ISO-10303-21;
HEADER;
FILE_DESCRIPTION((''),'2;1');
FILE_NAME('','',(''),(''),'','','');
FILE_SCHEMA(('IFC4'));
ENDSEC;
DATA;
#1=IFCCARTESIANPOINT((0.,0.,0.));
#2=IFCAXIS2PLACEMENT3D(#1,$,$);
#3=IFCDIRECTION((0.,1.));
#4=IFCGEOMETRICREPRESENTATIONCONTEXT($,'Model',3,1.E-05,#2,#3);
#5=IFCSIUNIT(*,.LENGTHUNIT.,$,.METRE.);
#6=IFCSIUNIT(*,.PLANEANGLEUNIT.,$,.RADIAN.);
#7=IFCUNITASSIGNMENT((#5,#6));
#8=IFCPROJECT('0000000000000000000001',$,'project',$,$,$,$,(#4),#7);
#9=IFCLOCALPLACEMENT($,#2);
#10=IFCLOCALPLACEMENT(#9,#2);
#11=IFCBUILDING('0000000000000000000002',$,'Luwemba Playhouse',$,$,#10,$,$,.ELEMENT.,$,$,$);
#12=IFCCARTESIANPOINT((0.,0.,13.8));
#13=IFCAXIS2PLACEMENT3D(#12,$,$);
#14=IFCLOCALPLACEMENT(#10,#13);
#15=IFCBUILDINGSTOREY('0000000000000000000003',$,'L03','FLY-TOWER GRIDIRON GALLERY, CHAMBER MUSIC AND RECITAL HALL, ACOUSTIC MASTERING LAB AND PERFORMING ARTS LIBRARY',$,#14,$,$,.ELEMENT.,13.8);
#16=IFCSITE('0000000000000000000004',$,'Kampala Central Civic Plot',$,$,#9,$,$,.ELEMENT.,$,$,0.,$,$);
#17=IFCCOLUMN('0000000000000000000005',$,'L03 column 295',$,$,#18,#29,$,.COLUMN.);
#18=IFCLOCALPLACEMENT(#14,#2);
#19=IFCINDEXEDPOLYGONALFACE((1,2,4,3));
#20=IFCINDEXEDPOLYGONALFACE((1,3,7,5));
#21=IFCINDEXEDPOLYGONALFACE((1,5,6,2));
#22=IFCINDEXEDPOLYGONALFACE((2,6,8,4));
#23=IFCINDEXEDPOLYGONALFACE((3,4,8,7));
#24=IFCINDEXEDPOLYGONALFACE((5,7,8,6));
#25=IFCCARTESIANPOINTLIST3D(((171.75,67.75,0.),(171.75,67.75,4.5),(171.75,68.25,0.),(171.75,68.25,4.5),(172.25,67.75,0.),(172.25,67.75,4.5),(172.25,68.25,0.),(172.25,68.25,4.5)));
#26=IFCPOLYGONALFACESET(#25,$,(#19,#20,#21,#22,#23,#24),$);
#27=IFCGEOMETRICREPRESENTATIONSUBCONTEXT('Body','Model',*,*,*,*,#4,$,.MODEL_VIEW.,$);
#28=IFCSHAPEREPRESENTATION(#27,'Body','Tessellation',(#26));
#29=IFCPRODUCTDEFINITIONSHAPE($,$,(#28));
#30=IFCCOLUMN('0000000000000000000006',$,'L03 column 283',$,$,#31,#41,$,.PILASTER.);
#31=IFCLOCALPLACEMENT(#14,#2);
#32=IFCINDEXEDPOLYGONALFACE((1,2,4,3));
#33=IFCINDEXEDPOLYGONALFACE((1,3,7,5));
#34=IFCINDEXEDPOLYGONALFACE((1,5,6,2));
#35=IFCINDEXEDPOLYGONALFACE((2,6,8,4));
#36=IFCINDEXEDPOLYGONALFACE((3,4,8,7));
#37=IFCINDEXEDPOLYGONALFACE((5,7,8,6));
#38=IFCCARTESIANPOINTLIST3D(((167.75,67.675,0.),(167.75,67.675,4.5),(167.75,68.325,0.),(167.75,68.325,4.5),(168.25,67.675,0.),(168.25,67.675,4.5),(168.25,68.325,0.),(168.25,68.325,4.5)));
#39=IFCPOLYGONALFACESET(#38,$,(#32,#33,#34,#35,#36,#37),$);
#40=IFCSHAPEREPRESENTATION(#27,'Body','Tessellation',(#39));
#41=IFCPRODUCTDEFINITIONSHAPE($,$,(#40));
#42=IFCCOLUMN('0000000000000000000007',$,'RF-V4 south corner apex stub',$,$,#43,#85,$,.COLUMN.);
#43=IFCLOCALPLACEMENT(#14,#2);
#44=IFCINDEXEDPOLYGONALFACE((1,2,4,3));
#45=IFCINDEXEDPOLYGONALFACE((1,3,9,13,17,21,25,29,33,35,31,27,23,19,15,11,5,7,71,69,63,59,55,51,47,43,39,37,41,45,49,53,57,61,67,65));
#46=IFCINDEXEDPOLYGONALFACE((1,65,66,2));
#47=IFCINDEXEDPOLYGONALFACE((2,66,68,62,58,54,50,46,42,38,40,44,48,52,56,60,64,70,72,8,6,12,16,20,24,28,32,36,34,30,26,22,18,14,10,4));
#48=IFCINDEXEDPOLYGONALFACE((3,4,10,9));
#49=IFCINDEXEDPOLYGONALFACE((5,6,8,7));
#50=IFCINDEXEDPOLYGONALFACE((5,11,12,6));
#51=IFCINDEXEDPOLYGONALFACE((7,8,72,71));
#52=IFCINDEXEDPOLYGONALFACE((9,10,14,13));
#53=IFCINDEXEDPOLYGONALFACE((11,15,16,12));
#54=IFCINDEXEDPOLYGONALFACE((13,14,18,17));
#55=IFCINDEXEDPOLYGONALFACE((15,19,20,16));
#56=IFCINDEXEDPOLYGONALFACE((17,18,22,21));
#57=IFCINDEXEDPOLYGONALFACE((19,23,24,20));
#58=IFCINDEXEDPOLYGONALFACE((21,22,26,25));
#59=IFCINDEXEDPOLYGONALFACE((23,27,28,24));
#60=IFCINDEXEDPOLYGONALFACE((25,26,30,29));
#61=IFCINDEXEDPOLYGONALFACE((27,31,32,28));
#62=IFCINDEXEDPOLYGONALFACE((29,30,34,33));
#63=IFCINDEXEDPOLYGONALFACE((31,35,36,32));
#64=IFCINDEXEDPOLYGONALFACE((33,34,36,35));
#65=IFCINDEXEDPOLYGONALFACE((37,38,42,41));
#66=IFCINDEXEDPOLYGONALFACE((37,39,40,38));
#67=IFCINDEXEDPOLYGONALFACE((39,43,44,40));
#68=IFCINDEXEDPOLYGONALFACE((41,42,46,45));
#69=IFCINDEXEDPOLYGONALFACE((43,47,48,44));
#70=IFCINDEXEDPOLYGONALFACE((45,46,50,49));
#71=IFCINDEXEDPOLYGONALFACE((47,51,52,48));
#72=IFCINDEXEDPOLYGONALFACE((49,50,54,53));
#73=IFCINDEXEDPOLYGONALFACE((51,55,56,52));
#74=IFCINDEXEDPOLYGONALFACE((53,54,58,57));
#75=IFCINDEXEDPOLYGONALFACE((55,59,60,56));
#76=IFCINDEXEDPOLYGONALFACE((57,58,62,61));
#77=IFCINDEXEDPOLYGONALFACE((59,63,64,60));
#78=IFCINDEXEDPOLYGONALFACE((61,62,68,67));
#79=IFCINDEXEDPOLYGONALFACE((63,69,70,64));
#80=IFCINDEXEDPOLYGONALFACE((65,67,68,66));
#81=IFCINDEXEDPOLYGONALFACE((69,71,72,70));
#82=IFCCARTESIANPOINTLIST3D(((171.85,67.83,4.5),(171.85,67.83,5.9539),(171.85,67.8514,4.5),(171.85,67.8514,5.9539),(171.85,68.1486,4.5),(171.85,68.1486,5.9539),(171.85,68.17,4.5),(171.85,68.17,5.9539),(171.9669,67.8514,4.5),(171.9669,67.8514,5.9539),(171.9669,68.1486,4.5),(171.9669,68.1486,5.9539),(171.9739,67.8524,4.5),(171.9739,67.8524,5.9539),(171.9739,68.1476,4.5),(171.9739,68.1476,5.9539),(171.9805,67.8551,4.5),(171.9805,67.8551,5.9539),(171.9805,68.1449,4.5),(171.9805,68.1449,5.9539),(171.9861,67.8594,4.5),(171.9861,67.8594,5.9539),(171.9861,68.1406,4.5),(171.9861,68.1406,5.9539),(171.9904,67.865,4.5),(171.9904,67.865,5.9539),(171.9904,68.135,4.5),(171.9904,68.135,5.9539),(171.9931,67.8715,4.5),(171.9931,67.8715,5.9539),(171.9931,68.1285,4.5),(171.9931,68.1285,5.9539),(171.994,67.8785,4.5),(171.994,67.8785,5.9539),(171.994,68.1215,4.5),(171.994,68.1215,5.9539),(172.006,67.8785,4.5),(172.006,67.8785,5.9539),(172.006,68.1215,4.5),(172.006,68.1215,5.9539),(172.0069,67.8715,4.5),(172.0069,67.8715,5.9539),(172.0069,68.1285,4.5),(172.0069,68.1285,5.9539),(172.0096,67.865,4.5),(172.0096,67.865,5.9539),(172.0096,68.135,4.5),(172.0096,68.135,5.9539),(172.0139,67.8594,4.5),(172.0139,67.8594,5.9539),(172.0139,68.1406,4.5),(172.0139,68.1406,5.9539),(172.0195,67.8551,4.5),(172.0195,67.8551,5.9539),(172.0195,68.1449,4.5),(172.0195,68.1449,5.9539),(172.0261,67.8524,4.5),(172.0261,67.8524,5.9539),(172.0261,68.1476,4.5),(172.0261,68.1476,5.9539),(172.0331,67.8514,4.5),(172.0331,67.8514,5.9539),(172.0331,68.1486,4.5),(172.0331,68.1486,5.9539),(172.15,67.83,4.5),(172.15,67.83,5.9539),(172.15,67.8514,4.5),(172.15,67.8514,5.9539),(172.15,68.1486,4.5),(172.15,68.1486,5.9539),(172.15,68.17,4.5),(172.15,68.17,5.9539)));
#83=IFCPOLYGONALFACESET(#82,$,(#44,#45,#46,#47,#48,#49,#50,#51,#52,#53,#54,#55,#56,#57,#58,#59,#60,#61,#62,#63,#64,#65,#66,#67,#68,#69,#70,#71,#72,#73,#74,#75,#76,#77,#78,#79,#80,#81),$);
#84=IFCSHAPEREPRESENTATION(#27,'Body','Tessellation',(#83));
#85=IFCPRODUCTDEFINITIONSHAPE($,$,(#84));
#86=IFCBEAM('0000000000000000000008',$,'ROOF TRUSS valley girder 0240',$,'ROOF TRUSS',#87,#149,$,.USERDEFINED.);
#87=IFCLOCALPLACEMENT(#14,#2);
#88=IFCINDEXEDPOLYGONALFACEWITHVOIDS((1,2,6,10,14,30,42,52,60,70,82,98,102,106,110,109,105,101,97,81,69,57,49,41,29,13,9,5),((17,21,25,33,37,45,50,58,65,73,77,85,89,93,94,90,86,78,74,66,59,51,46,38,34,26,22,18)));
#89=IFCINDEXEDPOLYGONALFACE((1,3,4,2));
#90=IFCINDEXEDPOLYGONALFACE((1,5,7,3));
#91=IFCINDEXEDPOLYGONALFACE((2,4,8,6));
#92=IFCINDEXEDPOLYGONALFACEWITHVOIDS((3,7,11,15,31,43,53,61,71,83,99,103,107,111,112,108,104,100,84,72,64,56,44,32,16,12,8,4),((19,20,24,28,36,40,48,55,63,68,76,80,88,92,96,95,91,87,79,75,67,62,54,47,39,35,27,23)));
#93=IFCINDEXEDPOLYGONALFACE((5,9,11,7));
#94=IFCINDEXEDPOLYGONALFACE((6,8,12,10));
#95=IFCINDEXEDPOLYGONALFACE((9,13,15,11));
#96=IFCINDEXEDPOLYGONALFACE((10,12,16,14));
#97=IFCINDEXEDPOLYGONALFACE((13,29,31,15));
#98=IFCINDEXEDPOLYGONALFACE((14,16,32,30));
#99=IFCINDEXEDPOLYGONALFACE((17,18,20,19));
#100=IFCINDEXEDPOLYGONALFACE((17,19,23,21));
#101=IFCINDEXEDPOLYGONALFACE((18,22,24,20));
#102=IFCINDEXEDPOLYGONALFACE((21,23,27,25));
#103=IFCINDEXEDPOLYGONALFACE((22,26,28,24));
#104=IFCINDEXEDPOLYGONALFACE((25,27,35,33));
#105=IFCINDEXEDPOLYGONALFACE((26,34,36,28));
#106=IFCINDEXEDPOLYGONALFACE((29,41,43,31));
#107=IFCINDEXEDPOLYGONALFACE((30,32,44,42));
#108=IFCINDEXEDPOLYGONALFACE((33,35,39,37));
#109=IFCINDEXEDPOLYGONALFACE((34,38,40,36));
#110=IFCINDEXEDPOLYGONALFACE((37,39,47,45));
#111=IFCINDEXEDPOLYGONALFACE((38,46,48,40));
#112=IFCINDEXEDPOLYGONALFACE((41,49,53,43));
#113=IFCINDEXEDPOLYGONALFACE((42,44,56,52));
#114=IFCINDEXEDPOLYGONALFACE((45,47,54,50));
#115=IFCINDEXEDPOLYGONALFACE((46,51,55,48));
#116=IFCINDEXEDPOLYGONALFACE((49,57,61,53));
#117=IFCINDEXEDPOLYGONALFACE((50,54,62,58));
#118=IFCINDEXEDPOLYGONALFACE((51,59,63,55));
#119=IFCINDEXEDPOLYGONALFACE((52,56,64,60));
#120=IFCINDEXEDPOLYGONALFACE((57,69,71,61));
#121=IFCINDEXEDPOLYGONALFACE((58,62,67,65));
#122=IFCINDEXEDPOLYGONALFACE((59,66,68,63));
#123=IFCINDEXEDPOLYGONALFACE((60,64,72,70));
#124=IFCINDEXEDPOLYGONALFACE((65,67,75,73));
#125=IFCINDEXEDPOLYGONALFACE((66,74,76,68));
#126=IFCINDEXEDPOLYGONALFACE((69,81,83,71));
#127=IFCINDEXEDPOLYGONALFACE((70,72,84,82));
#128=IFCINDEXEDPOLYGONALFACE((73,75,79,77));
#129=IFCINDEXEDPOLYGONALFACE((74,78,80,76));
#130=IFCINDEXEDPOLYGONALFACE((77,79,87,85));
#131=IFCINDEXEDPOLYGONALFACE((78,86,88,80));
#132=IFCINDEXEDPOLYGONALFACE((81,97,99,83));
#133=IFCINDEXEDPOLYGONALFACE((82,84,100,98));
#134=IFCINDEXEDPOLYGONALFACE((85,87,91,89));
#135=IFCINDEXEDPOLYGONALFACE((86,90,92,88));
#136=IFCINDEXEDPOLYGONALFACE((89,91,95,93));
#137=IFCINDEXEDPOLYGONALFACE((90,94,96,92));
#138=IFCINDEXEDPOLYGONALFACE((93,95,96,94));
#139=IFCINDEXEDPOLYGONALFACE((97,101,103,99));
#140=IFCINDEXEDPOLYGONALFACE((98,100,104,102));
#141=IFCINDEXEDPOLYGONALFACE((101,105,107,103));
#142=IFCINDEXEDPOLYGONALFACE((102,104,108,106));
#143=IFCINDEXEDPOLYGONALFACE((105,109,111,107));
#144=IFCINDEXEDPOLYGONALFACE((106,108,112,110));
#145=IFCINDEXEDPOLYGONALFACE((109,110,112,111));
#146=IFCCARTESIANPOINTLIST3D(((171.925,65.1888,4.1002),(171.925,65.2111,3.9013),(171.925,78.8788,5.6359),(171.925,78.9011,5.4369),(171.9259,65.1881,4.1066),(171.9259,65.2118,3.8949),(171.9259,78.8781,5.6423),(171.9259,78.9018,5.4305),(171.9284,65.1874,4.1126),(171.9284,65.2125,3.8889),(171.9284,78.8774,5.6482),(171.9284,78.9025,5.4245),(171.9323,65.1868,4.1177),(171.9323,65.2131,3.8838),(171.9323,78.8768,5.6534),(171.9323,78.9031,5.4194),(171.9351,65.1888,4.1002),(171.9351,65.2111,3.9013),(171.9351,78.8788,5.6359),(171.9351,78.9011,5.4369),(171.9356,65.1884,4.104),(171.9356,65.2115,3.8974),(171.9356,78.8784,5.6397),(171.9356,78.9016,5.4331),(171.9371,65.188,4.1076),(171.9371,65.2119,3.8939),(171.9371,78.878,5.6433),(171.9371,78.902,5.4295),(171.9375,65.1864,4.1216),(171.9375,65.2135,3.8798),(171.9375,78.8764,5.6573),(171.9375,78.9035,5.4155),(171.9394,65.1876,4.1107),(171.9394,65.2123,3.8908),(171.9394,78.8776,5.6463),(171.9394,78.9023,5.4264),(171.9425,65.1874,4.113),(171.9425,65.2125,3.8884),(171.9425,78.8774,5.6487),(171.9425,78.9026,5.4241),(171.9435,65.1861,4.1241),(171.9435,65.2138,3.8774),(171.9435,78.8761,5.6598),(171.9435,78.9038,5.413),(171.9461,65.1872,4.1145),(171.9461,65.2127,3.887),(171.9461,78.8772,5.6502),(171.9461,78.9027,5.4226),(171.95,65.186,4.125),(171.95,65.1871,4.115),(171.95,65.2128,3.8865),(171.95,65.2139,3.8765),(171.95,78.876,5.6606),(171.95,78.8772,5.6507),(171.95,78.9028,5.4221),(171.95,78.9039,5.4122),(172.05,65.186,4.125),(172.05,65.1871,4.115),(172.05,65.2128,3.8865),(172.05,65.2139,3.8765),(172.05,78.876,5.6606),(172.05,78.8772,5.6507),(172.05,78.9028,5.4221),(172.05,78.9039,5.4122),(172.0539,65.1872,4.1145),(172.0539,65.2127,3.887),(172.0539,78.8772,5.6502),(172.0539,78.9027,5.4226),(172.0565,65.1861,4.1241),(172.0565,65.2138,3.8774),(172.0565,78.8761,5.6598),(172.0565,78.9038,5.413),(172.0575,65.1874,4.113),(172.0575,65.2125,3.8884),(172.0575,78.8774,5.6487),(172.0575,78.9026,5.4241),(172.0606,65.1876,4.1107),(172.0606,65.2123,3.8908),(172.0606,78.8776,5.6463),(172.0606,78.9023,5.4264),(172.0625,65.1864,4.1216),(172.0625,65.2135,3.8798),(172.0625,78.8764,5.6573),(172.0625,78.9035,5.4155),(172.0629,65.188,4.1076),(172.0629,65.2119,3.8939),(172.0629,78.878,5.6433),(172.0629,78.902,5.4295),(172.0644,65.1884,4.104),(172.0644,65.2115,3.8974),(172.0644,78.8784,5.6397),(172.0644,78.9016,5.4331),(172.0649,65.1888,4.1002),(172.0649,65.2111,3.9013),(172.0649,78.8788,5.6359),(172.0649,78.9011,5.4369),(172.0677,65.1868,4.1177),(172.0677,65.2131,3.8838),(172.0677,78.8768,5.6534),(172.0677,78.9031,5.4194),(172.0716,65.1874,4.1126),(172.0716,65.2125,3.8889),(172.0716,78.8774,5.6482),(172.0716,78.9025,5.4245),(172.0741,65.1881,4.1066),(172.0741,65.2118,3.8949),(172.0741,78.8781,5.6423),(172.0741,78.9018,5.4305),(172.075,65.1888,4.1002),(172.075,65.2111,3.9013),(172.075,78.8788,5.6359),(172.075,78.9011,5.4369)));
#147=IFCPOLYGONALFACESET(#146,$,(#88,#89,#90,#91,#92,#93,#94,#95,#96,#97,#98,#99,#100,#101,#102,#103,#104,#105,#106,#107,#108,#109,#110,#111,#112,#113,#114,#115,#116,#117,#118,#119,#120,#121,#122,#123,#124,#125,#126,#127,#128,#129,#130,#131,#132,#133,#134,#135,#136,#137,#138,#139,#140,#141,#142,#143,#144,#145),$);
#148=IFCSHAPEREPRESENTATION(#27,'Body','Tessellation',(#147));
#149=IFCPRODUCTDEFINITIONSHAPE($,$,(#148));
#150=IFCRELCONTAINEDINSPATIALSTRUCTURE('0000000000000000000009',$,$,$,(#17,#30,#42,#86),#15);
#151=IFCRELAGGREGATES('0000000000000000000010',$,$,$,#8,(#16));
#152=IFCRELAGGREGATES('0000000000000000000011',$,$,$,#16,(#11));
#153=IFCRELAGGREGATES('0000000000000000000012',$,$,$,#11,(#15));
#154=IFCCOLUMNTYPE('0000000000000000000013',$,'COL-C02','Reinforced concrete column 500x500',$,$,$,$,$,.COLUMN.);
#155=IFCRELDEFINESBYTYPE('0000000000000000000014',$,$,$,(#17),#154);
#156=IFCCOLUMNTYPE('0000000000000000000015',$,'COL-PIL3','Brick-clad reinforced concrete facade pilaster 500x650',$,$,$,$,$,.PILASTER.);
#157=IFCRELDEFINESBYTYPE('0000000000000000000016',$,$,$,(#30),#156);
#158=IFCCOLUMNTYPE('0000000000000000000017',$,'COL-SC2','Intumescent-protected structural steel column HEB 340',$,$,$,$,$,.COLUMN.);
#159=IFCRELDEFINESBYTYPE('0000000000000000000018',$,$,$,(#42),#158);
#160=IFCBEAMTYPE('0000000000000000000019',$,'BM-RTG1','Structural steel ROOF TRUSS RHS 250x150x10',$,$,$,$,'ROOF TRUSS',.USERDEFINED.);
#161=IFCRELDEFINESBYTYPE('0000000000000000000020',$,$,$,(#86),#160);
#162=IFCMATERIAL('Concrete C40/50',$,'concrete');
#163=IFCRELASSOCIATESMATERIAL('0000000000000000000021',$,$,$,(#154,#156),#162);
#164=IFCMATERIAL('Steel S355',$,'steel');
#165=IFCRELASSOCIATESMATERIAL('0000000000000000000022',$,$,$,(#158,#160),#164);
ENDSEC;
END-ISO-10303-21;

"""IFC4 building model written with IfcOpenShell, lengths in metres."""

from ifc_helpers import new_model, si_unit, direction, frame, origin, origin_2d, place, context, subcontext, project, spatial, rectangle, hollow_rectangle, i_section, extrude, material, material_profile, profile_set, type_object, element, save


model = new_model("IFC4")

# Units and contexts
model_context = context("Model", 3, precision=1e-05, world=origin(), true_north=direction((0.0, 1.0)))
body_context = subcontext(model_context, "Body", "Model", "MODEL_VIEW")
ifc_project = project(units=[si_unit("LENGTHUNIT", "METRE"), si_unit("PLANEANGLEUNIT", "RADIAN")], contexts=[model_context])

# Site, building, storey
site_placement = place(None, origin())
site = spatial("IfcSite", under=ifc_project, at=site_placement, Name="Kampala Central Civic Plot", CompositionType="ELEMENT", RefElevation=0.0)
building_placement = place(site_placement, origin())
building = spatial("IfcBuilding", under=site, at=building_placement, Name="Luwemba Playhouse", CompositionType="ELEMENT")
storey_placement = place(building_placement, frame((0.0, 0.0, 13.8)))
storey = spatial("IfcBuildingStorey", under=building, at=storey_placement, Name="L03", Description="FLY-TOWER GRIDIRON GALLERY, CHAMBER MUSIC AND RECITAL HALL, ACOUSTIC MASTERING LAB AND PERFORMING ARTS LIBRARY", CompositionType="ELEMENT", Elevation=13.8)

# Columns
ifc_material_1 = material(Name="Concrete C40/50", Category="concrete")
ifc_material_profile_1 = material_profile(ifc_material_1, rectangle(XDim=0.5, YDim=0.5, at=origin_2d()))
ifc_profile_set_1 = profile_set([ifc_material_profile_1], Name="Concrete C40/50")
column_type_1 = type_object("IfcColumnType", Name="COL-C02", Description="Reinforced concrete column 500x500", PredefinedType="COLUMN", material=ifc_profile_set_1)
column_1_placement = place(storey_placement, frame((172.0, 68.0, 0.0), z_axis=(0.0, 0.0, 1.0), x_axis=(1.0, 0.0, 0.0)))
element("IfcColumn", 1, at=column_1_placement, inside=storey, type_object=column_type_1, Name="L03 column 295", PredefinedType="COLUMN", context=body_context, shape_type="SweptSolid", body=[
    extrude(rectangle(XDim=0.5, YDim=0.5, at=origin_2d()), origin(), (0.0, 0.0, 1.0), 4.5),
])
ifc_material_profile_2 = material_profile(ifc_material_1, rectangle(XDim=0.5, YDim=0.6499, at=origin_2d()))
ifc_profile_set_2 = profile_set([ifc_material_profile_2], Name="Concrete C40/50")
column_type_2 = type_object("IfcColumnType", Name="COL-PIL3", Description="Brick-clad reinforced concrete facade pilaster 500x650", PredefinedType="PILASTER", material=ifc_profile_set_2)
column_2_placement = place(storey_placement, frame((168.0, 68.0, 0.0), z_axis=(0.0, 0.0, 1.0), x_axis=(1.0, 0.0, 0.0)))
element("IfcColumn", 2, at=column_2_placement, inside=storey, type_object=column_type_2, Name="L03 column 283", PredefinedType="PILASTER", context=body_context, shape_type="SweptSolid", body=[
    extrude(rectangle(XDim=0.5, YDim=0.6499, at=origin_2d()), origin(), (0.0, 0.0, 1.0), 4.5),
])
ifc_material_2 = material(Name="Steel S355", Category="steel")
ifc_material_profile_3 = material_profile(ifc_material_2, i_section(OverallWidth=0.3, OverallDepth=0.3401, WebThickness=0.012, FlangeThickness=0.0215, FilletRadius=0.0271, at=origin_2d()))
ifc_profile_set_3 = profile_set([ifc_material_profile_3], Name="Steel S355")
column_type_3 = type_object("IfcColumnType", Name="COL-SC2", Description="Intumescent-protected structural steel column HEB 340", PredefinedType="COLUMN", material=ifc_profile_set_3)
column_3_placement = place(storey_placement, frame((172.0, 68.0, 4.5), z_axis=(0.0, 0.0, 1.0), x_axis=(1.0, 0.0, 0.0)))
element("IfcColumn", 3, at=column_3_placement, inside=storey, type_object=column_type_3, Name="RF-V4 south corner apex stub", PredefinedType="COLUMN", context=body_context, shape_type="SweptSolid", body=[
    extrude(i_section(OverallWidth=0.3, OverallDepth=0.3401, WebThickness=0.012, FlangeThickness=0.0215, FilletRadius=0.0271, at=origin_2d()), origin(), (0.0, 0.0, 1.0), 1.4539),
])

# Beam
ifc_material_profile_4 = material_profile(ifc_material_2, hollow_rectangle(XDim=0.1499, YDim=0.25, WallThickness=0.01, InnerFilletRadius=0.0149, OuterFilletRadius=0.0249, at=origin_2d()))
ifc_profile_set_4 = profile_set([ifc_material_profile_4], Name="Steel S355")
beam_type_1 = type_object("IfcBeamType", Name="BM-RTG1", Description="Structural steel ROOF TRUSS RHS 250x150x10", ElementType="ROOF TRUSS", PredefinedType="USERDEFINED", material=ifc_profile_set_4)
beam_1_placement = place(storey_placement, frame((172.0, 65.2, 4.0007), z_axis=(0.0, 0.993767, 0.111474), x_axis=(-1.0, 0.0, 0.0)))
element("IfcBeam", 4, at=beam_1_placement, inside=storey, type_object=beam_type_1, Name="ROOF TRUSS valley girder 0240", ObjectType="ROOF TRUSS", PredefinedType="USERDEFINED", context=body_context, shape_type="SweptSolid", body=[
    extrude(hollow_rectangle(XDim=0.1499, YDim=0.25, WallThickness=0.01, InnerFilletRadius=0.0149, OuterFilletRadius=0.0249, at=origin_2d()), origin(), (0.0, 0.0, 1.0), 13.7759),
])

save(model, "model.ifc")
